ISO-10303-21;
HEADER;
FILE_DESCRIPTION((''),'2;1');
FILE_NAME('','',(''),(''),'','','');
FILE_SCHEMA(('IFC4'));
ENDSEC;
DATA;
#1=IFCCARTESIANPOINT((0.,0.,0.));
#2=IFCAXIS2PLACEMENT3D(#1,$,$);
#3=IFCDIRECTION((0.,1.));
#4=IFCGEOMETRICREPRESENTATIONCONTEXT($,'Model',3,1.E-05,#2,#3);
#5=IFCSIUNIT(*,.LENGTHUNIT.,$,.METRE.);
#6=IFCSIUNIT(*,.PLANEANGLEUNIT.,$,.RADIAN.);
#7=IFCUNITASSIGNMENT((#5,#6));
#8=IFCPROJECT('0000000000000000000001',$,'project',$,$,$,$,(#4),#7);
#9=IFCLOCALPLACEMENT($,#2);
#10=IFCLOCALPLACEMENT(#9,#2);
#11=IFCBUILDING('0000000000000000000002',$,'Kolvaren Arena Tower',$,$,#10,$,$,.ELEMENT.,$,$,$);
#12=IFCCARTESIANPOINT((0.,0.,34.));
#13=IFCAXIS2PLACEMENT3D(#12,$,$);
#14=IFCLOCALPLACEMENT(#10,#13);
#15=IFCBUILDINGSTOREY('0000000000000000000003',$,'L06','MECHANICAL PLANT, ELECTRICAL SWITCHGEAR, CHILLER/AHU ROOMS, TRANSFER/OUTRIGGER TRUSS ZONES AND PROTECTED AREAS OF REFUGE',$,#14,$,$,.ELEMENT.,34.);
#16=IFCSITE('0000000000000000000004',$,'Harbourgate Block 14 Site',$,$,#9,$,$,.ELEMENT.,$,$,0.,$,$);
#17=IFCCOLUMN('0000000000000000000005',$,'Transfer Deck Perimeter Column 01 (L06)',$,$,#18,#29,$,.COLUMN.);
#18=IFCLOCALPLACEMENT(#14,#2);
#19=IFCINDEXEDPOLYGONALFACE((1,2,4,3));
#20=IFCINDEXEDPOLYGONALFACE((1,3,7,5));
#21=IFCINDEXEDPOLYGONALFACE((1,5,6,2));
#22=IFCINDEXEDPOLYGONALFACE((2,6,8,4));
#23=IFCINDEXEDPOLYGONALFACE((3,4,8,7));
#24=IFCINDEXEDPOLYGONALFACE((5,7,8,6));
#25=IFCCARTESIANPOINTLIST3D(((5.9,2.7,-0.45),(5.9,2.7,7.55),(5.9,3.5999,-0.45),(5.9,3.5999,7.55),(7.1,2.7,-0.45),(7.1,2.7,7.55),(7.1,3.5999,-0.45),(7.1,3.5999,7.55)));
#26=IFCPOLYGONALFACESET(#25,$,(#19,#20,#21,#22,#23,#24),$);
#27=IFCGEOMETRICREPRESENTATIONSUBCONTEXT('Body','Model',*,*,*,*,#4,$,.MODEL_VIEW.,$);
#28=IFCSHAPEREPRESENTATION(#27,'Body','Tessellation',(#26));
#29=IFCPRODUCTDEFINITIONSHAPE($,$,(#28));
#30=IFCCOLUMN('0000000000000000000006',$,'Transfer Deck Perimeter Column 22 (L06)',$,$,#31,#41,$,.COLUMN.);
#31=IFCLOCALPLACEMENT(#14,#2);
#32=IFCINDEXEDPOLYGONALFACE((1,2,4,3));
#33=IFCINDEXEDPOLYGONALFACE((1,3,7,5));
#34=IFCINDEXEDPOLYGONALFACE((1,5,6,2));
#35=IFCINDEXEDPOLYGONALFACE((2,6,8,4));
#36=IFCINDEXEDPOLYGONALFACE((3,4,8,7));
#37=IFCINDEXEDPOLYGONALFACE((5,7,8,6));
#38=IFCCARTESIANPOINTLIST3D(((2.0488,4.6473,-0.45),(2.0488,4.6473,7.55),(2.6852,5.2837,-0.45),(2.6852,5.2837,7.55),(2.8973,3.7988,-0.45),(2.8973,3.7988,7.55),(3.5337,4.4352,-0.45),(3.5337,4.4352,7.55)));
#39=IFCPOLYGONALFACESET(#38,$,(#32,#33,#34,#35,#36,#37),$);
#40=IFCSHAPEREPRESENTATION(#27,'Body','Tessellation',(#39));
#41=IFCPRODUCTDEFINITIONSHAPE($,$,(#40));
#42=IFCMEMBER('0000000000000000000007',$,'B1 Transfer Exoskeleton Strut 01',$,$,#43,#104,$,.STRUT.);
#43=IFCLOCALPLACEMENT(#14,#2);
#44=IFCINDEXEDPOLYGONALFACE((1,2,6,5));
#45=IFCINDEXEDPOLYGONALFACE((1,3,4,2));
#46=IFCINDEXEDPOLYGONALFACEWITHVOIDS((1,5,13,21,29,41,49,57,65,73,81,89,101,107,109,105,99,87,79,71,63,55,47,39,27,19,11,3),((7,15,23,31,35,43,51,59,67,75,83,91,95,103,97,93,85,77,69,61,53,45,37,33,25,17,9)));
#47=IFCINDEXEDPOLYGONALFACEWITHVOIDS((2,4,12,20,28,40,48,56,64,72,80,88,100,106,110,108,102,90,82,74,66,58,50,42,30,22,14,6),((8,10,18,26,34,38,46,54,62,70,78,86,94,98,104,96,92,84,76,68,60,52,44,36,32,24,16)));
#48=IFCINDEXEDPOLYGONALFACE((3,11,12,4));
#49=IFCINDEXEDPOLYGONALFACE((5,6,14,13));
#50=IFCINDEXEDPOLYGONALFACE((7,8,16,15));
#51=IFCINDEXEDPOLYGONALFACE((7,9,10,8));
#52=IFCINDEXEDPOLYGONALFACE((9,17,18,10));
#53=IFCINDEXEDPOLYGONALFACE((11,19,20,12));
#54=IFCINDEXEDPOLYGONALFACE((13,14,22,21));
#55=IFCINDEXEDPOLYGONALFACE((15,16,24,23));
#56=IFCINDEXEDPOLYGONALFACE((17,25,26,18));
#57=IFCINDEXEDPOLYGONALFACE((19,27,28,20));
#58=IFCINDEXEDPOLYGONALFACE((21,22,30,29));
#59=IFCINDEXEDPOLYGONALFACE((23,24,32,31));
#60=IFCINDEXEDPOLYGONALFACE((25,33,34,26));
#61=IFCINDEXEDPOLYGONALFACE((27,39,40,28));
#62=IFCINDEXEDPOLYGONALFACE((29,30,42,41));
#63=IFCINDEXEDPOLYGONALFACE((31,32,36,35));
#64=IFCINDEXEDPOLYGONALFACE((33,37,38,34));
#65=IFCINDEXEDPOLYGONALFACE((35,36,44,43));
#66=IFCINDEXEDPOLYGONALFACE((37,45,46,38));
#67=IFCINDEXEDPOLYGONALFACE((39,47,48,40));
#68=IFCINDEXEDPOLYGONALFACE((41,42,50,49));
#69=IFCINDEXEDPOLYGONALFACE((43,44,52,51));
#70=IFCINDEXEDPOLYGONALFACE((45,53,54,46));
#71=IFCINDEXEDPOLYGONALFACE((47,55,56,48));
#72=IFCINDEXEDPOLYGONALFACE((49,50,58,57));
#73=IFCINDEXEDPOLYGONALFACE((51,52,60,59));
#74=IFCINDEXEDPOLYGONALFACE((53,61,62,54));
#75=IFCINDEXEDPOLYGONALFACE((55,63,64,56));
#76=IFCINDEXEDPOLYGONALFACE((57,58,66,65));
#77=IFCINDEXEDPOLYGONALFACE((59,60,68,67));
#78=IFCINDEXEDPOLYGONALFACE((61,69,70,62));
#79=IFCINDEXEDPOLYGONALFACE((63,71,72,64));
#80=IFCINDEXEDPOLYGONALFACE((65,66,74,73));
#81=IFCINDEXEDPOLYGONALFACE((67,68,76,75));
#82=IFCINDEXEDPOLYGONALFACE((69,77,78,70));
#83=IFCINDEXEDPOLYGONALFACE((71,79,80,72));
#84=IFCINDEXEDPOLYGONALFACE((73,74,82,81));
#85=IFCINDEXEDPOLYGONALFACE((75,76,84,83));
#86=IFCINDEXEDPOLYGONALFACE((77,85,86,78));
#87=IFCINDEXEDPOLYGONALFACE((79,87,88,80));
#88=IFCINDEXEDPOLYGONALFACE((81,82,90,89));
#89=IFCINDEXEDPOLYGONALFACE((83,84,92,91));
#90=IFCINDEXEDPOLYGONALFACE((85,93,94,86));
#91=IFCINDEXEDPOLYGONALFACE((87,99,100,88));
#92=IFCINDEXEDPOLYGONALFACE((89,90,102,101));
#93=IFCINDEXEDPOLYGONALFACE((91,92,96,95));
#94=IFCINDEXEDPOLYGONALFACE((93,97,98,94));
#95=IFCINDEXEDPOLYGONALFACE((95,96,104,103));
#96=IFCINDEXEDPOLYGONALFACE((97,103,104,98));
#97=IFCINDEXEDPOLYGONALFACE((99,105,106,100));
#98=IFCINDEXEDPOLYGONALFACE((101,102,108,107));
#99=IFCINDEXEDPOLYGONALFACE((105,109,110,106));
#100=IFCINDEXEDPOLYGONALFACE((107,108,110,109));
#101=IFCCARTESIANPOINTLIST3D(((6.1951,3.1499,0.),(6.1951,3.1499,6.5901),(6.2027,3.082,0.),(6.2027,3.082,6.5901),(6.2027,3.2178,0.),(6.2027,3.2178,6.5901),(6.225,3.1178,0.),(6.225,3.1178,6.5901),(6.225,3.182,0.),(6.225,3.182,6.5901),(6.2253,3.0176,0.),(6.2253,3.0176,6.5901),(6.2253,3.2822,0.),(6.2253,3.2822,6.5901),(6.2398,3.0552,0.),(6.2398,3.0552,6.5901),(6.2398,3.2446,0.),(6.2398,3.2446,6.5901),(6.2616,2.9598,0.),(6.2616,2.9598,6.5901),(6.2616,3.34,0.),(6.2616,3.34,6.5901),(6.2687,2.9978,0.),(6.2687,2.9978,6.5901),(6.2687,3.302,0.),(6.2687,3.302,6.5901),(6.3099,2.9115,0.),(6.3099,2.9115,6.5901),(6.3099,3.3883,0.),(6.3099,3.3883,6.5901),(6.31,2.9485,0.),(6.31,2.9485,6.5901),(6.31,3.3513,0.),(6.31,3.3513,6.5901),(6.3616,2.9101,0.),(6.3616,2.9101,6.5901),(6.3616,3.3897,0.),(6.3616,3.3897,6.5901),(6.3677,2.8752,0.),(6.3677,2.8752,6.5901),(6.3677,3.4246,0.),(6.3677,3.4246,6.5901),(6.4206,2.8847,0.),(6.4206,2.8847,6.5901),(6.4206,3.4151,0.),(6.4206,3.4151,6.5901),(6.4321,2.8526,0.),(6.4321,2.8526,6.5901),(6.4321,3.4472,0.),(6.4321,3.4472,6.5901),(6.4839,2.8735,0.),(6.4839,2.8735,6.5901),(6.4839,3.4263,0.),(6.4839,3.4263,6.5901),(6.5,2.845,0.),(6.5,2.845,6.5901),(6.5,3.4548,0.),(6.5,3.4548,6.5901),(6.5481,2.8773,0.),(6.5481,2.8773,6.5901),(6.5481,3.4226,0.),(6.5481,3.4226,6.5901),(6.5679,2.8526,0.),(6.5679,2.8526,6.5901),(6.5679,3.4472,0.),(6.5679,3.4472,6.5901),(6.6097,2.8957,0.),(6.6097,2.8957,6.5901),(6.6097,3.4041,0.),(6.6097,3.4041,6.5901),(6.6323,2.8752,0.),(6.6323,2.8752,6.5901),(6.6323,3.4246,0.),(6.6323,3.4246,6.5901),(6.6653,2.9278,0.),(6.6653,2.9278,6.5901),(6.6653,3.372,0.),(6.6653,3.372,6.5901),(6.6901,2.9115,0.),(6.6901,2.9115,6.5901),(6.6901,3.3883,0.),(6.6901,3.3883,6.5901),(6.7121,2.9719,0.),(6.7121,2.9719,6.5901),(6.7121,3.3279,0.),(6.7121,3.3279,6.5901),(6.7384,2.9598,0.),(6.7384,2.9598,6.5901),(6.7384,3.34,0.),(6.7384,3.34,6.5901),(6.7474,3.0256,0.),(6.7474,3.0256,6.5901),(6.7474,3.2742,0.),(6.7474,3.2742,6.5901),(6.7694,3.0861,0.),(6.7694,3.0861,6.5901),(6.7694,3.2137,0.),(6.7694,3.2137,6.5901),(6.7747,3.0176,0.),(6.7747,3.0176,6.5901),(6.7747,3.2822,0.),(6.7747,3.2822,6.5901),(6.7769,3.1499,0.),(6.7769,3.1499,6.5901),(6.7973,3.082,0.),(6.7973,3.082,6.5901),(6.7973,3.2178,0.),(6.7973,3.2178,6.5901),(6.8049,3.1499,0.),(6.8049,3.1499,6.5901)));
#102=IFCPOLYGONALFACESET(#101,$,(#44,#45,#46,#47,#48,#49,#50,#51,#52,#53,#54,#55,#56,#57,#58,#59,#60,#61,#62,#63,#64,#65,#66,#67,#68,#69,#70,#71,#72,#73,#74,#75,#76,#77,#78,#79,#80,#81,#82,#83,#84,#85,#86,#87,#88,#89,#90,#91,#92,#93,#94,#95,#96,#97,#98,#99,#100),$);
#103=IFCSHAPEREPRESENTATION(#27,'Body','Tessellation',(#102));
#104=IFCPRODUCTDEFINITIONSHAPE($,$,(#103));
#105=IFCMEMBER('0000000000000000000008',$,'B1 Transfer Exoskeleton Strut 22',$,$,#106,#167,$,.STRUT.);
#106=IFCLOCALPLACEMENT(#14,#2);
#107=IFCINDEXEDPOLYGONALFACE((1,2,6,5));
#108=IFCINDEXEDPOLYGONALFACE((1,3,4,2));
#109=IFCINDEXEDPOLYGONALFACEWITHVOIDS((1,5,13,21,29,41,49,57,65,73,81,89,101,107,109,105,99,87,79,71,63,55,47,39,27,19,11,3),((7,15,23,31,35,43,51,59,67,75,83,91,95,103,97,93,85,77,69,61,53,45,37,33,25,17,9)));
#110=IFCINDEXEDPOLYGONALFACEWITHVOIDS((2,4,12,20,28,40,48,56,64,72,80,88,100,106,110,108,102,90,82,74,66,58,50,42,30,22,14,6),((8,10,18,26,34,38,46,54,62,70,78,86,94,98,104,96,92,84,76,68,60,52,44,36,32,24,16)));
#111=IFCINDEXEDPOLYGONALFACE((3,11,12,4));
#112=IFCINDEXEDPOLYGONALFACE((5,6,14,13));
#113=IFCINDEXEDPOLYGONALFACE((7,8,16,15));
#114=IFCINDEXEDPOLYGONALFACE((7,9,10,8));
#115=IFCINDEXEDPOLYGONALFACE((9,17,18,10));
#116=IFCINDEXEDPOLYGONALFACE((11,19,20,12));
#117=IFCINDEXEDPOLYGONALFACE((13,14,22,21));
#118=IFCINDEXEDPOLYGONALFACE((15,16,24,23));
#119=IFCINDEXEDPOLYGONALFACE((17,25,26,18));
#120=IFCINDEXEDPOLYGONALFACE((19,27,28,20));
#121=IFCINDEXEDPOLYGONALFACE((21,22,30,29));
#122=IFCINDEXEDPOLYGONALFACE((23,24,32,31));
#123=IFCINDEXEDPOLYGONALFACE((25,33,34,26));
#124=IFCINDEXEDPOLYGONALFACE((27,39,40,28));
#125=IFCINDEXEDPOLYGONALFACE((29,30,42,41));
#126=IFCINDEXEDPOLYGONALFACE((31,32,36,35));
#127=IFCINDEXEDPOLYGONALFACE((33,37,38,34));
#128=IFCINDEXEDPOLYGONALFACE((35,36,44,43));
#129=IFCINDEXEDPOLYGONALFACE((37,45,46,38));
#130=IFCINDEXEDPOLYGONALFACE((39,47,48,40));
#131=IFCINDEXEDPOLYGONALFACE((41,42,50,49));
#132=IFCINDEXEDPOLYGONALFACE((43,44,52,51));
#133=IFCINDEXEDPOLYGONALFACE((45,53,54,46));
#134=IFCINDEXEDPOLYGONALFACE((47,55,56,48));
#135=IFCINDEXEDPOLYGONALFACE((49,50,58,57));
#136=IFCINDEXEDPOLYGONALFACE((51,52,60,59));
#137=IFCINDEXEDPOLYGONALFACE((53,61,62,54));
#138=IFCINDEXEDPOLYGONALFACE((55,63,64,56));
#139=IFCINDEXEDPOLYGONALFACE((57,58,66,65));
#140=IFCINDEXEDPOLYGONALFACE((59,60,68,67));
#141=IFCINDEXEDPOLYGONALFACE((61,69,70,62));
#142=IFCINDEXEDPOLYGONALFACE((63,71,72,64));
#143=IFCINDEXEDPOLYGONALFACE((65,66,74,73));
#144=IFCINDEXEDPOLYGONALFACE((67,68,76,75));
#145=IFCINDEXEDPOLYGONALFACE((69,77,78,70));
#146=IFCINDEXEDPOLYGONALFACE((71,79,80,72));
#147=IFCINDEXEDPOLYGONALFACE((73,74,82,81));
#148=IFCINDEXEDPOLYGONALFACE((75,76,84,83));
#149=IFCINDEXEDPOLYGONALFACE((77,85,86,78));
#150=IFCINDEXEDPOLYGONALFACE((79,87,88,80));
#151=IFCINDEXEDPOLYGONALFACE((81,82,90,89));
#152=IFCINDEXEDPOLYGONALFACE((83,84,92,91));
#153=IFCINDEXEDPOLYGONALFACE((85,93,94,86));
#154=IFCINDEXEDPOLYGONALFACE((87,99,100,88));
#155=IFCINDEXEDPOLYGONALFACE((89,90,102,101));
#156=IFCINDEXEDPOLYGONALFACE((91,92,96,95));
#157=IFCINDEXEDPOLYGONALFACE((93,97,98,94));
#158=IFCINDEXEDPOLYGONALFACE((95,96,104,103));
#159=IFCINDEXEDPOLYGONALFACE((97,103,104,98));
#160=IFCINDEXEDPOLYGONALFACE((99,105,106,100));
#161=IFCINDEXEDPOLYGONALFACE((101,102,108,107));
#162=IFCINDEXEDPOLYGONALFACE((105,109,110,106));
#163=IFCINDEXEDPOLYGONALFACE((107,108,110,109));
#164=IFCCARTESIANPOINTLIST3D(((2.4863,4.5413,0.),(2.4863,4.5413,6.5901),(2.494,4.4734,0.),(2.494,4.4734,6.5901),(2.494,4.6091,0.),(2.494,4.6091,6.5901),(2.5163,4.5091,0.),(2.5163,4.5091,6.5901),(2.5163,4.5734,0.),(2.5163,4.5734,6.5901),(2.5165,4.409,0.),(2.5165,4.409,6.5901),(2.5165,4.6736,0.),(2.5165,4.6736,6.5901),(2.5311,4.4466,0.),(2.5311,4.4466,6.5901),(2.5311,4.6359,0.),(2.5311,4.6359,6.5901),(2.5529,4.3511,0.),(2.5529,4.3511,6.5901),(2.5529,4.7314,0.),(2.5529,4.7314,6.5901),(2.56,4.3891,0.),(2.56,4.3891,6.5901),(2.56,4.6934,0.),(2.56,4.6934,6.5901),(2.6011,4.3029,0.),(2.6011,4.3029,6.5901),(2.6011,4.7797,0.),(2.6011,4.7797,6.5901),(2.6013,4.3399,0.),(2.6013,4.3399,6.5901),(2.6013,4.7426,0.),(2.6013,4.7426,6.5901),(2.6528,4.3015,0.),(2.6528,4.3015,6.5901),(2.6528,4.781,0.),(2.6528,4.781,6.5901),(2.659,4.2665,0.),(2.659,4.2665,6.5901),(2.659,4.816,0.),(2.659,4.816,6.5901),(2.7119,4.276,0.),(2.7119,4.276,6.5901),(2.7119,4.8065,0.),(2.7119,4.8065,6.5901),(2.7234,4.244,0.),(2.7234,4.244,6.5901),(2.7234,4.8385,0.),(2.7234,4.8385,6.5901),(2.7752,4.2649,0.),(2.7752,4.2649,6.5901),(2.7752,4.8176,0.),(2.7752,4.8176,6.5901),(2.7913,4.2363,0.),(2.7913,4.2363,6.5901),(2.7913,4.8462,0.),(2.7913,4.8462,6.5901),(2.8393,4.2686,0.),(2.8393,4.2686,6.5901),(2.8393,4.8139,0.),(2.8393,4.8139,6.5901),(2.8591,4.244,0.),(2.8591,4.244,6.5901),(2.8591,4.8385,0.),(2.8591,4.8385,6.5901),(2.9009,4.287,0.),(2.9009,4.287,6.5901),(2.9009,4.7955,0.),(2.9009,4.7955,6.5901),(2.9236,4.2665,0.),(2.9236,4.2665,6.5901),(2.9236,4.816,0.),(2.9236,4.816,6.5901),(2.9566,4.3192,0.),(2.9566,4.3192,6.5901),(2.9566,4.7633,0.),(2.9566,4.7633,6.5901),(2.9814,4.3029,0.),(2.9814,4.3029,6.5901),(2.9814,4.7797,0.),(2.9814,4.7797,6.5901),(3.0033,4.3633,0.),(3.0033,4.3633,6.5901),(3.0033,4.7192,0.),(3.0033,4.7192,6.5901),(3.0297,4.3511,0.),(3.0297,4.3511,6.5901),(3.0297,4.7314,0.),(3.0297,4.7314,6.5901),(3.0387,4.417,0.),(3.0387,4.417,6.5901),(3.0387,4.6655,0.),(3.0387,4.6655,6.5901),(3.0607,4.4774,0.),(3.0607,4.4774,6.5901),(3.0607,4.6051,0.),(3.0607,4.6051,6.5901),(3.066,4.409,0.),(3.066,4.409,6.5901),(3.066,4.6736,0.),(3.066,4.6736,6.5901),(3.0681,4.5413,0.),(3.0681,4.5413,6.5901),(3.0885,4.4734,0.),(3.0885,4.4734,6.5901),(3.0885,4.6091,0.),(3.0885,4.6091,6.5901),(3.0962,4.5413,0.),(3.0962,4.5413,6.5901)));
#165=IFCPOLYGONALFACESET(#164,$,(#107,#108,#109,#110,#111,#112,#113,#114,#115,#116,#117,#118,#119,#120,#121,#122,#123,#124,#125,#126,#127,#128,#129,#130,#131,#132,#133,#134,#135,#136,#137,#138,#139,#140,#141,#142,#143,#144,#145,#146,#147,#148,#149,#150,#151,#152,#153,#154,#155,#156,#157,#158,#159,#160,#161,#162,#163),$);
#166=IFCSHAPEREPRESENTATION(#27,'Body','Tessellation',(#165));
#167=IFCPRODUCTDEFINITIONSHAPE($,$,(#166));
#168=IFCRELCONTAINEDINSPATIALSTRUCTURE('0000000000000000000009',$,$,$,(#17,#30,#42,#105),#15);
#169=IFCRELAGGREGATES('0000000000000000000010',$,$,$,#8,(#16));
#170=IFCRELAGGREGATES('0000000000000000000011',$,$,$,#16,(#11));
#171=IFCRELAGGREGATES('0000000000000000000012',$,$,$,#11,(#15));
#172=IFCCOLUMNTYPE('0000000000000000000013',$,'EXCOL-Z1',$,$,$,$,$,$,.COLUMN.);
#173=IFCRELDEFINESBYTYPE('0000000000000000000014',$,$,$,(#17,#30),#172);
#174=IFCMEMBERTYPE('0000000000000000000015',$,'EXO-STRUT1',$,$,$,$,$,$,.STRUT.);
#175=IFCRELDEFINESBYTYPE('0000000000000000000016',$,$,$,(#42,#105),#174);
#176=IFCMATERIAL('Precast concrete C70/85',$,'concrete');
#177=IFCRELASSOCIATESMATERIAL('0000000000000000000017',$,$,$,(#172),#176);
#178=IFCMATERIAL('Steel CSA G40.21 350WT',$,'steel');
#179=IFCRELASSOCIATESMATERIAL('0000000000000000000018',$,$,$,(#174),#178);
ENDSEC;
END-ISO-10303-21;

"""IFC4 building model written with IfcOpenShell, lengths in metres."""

from ifc_helpers import new_model, si_unit, direction, frame, origin, origin_2d, place, context, subcontext, project, spatial, rectangle, hollow_circle, extrude, material, material_profile, profile_set, type_object, element, save


model = new_model("IFC4")

# Units and contexts
model_context = context("Model", 3, precision=1e-05, world=origin(), true_north=direction((0.0, 1.0)))
body_context = subcontext(model_context, "Body", "Model", "MODEL_VIEW")
ifc_project = project(units=[si_unit("LENGTHUNIT", "METRE"), si_unit("PLANEANGLEUNIT", "RADIAN")], contexts=[model_context])

# Site, building, storey
site_placement = place(None, origin())
site = spatial("IfcSite", under=ifc_project, at=site_placement, Name="Harbourgate Block 14 Site", CompositionType="ELEMENT", RefElevation=0.0)
building_placement = place(site_placement, origin())
building = spatial("IfcBuilding", under=site, at=building_placement, Name="Kolvaren Arena Tower", CompositionType="ELEMENT")
storey_placement = place(building_placement, frame((0.0, 0.0, 34.0)))
storey = spatial("IfcBuildingStorey", under=building, at=storey_placement, Name="L06", Description="MECHANICAL PLANT, ELECTRICAL SWITCHGEAR, CHILLER/AHU ROOMS, TRANSFER/OUTRIGGER TRUSS ZONES AND PROTECTED AREAS OF REFUGE", CompositionType="ELEMENT", Elevation=34.0)

# Columns
ifc_material_1 = material(Name="Precast concrete C70/85", Category="concrete")
ifc_material_profile_1 = material_profile(ifc_material_1, rectangle(XDim=1.2, YDim=0.8999, at=origin_2d()), Name="RC-1200x900")
ifc_profile_set_1 = profile_set([ifc_material_profile_1], Name="Precast concrete C70/85")
column_type = type_object("IfcColumnType", Name="EXCOL-Z1", PredefinedType="COLUMN", material=ifc_profile_set_1)
for number, where, z_axis, x_axis, name in (
    (1, (6.5, 3.1499, -0.45), (0.0, 0.0, 1.0), (1.0, 0.0, 0.0), "Transfer Deck Perimeter Column 01 (L06)"),
    (2, (2.7913, 4.5413, -0.45), (0.0, 0.0, 1.0), (-0.707107, 0.707107, 0.0), "Transfer Deck Perimeter Column 22 (L06)"),
):
    element("IfcColumn", number, at=place(storey_placement, frame(where, z_axis=z_axis, x_axis=x_axis)), inside=storey, type_object=column_type, Name=name, PredefinedType="COLUMN", context=body_context, shape_type="SweptSolid", body=[
        extrude(rectangle(XDim=1.2, YDim=0.8999, at=origin_2d()), origin(), (0.0, 0.0, 1.0), 8.0),
    ])

# Members
ifc_material_2 = material(Name="Steel CSA G40.21 350WT", Category="steel")
ifc_material_profile_2 = material_profile(ifc_material_2, hollow_circle(Radius=0.3049, WallThickness=0.0281, at=origin_2d()), Name="CHS 610x28")
ifc_profile_set_2 = profile_set([ifc_material_profile_2], Name="Steel CSA G40.21 350WT")
member_type = type_object("IfcMemberType", Name="EXO-STRUT1", PredefinedType="STRUT", material=ifc_profile_set_2)
for number, where, z_axis, x_axis, name in (
    (3, (6.5, 3.1499, 0.0), (0.0, 0.0, 1.0), (1.0, 0.0, 0.0), "B1 Transfer Exoskeleton Strut 01"),
    (4, (2.7913, 4.5413, 0.0), (0.0, 0.0, 1.0), (1.0, 0.0, 0.0), "B1 Transfer Exoskeleton Strut 22"),
):
    element("IfcMember", number, at=place(storey_placement, frame(where, z_axis=z_axis, x_axis=x_axis)), inside=storey, type_object=member_type, Name=name, PredefinedType="STRUT", context=body_context, shape_type="SweptSolid", body=[
        extrude(hollow_circle(Radius=0.3049, WallThickness=0.0281, at=origin_2d()), origin(), (0.0, 0.0, 1.0), 6.5901),
    ])

save(model, "model.ifc")
